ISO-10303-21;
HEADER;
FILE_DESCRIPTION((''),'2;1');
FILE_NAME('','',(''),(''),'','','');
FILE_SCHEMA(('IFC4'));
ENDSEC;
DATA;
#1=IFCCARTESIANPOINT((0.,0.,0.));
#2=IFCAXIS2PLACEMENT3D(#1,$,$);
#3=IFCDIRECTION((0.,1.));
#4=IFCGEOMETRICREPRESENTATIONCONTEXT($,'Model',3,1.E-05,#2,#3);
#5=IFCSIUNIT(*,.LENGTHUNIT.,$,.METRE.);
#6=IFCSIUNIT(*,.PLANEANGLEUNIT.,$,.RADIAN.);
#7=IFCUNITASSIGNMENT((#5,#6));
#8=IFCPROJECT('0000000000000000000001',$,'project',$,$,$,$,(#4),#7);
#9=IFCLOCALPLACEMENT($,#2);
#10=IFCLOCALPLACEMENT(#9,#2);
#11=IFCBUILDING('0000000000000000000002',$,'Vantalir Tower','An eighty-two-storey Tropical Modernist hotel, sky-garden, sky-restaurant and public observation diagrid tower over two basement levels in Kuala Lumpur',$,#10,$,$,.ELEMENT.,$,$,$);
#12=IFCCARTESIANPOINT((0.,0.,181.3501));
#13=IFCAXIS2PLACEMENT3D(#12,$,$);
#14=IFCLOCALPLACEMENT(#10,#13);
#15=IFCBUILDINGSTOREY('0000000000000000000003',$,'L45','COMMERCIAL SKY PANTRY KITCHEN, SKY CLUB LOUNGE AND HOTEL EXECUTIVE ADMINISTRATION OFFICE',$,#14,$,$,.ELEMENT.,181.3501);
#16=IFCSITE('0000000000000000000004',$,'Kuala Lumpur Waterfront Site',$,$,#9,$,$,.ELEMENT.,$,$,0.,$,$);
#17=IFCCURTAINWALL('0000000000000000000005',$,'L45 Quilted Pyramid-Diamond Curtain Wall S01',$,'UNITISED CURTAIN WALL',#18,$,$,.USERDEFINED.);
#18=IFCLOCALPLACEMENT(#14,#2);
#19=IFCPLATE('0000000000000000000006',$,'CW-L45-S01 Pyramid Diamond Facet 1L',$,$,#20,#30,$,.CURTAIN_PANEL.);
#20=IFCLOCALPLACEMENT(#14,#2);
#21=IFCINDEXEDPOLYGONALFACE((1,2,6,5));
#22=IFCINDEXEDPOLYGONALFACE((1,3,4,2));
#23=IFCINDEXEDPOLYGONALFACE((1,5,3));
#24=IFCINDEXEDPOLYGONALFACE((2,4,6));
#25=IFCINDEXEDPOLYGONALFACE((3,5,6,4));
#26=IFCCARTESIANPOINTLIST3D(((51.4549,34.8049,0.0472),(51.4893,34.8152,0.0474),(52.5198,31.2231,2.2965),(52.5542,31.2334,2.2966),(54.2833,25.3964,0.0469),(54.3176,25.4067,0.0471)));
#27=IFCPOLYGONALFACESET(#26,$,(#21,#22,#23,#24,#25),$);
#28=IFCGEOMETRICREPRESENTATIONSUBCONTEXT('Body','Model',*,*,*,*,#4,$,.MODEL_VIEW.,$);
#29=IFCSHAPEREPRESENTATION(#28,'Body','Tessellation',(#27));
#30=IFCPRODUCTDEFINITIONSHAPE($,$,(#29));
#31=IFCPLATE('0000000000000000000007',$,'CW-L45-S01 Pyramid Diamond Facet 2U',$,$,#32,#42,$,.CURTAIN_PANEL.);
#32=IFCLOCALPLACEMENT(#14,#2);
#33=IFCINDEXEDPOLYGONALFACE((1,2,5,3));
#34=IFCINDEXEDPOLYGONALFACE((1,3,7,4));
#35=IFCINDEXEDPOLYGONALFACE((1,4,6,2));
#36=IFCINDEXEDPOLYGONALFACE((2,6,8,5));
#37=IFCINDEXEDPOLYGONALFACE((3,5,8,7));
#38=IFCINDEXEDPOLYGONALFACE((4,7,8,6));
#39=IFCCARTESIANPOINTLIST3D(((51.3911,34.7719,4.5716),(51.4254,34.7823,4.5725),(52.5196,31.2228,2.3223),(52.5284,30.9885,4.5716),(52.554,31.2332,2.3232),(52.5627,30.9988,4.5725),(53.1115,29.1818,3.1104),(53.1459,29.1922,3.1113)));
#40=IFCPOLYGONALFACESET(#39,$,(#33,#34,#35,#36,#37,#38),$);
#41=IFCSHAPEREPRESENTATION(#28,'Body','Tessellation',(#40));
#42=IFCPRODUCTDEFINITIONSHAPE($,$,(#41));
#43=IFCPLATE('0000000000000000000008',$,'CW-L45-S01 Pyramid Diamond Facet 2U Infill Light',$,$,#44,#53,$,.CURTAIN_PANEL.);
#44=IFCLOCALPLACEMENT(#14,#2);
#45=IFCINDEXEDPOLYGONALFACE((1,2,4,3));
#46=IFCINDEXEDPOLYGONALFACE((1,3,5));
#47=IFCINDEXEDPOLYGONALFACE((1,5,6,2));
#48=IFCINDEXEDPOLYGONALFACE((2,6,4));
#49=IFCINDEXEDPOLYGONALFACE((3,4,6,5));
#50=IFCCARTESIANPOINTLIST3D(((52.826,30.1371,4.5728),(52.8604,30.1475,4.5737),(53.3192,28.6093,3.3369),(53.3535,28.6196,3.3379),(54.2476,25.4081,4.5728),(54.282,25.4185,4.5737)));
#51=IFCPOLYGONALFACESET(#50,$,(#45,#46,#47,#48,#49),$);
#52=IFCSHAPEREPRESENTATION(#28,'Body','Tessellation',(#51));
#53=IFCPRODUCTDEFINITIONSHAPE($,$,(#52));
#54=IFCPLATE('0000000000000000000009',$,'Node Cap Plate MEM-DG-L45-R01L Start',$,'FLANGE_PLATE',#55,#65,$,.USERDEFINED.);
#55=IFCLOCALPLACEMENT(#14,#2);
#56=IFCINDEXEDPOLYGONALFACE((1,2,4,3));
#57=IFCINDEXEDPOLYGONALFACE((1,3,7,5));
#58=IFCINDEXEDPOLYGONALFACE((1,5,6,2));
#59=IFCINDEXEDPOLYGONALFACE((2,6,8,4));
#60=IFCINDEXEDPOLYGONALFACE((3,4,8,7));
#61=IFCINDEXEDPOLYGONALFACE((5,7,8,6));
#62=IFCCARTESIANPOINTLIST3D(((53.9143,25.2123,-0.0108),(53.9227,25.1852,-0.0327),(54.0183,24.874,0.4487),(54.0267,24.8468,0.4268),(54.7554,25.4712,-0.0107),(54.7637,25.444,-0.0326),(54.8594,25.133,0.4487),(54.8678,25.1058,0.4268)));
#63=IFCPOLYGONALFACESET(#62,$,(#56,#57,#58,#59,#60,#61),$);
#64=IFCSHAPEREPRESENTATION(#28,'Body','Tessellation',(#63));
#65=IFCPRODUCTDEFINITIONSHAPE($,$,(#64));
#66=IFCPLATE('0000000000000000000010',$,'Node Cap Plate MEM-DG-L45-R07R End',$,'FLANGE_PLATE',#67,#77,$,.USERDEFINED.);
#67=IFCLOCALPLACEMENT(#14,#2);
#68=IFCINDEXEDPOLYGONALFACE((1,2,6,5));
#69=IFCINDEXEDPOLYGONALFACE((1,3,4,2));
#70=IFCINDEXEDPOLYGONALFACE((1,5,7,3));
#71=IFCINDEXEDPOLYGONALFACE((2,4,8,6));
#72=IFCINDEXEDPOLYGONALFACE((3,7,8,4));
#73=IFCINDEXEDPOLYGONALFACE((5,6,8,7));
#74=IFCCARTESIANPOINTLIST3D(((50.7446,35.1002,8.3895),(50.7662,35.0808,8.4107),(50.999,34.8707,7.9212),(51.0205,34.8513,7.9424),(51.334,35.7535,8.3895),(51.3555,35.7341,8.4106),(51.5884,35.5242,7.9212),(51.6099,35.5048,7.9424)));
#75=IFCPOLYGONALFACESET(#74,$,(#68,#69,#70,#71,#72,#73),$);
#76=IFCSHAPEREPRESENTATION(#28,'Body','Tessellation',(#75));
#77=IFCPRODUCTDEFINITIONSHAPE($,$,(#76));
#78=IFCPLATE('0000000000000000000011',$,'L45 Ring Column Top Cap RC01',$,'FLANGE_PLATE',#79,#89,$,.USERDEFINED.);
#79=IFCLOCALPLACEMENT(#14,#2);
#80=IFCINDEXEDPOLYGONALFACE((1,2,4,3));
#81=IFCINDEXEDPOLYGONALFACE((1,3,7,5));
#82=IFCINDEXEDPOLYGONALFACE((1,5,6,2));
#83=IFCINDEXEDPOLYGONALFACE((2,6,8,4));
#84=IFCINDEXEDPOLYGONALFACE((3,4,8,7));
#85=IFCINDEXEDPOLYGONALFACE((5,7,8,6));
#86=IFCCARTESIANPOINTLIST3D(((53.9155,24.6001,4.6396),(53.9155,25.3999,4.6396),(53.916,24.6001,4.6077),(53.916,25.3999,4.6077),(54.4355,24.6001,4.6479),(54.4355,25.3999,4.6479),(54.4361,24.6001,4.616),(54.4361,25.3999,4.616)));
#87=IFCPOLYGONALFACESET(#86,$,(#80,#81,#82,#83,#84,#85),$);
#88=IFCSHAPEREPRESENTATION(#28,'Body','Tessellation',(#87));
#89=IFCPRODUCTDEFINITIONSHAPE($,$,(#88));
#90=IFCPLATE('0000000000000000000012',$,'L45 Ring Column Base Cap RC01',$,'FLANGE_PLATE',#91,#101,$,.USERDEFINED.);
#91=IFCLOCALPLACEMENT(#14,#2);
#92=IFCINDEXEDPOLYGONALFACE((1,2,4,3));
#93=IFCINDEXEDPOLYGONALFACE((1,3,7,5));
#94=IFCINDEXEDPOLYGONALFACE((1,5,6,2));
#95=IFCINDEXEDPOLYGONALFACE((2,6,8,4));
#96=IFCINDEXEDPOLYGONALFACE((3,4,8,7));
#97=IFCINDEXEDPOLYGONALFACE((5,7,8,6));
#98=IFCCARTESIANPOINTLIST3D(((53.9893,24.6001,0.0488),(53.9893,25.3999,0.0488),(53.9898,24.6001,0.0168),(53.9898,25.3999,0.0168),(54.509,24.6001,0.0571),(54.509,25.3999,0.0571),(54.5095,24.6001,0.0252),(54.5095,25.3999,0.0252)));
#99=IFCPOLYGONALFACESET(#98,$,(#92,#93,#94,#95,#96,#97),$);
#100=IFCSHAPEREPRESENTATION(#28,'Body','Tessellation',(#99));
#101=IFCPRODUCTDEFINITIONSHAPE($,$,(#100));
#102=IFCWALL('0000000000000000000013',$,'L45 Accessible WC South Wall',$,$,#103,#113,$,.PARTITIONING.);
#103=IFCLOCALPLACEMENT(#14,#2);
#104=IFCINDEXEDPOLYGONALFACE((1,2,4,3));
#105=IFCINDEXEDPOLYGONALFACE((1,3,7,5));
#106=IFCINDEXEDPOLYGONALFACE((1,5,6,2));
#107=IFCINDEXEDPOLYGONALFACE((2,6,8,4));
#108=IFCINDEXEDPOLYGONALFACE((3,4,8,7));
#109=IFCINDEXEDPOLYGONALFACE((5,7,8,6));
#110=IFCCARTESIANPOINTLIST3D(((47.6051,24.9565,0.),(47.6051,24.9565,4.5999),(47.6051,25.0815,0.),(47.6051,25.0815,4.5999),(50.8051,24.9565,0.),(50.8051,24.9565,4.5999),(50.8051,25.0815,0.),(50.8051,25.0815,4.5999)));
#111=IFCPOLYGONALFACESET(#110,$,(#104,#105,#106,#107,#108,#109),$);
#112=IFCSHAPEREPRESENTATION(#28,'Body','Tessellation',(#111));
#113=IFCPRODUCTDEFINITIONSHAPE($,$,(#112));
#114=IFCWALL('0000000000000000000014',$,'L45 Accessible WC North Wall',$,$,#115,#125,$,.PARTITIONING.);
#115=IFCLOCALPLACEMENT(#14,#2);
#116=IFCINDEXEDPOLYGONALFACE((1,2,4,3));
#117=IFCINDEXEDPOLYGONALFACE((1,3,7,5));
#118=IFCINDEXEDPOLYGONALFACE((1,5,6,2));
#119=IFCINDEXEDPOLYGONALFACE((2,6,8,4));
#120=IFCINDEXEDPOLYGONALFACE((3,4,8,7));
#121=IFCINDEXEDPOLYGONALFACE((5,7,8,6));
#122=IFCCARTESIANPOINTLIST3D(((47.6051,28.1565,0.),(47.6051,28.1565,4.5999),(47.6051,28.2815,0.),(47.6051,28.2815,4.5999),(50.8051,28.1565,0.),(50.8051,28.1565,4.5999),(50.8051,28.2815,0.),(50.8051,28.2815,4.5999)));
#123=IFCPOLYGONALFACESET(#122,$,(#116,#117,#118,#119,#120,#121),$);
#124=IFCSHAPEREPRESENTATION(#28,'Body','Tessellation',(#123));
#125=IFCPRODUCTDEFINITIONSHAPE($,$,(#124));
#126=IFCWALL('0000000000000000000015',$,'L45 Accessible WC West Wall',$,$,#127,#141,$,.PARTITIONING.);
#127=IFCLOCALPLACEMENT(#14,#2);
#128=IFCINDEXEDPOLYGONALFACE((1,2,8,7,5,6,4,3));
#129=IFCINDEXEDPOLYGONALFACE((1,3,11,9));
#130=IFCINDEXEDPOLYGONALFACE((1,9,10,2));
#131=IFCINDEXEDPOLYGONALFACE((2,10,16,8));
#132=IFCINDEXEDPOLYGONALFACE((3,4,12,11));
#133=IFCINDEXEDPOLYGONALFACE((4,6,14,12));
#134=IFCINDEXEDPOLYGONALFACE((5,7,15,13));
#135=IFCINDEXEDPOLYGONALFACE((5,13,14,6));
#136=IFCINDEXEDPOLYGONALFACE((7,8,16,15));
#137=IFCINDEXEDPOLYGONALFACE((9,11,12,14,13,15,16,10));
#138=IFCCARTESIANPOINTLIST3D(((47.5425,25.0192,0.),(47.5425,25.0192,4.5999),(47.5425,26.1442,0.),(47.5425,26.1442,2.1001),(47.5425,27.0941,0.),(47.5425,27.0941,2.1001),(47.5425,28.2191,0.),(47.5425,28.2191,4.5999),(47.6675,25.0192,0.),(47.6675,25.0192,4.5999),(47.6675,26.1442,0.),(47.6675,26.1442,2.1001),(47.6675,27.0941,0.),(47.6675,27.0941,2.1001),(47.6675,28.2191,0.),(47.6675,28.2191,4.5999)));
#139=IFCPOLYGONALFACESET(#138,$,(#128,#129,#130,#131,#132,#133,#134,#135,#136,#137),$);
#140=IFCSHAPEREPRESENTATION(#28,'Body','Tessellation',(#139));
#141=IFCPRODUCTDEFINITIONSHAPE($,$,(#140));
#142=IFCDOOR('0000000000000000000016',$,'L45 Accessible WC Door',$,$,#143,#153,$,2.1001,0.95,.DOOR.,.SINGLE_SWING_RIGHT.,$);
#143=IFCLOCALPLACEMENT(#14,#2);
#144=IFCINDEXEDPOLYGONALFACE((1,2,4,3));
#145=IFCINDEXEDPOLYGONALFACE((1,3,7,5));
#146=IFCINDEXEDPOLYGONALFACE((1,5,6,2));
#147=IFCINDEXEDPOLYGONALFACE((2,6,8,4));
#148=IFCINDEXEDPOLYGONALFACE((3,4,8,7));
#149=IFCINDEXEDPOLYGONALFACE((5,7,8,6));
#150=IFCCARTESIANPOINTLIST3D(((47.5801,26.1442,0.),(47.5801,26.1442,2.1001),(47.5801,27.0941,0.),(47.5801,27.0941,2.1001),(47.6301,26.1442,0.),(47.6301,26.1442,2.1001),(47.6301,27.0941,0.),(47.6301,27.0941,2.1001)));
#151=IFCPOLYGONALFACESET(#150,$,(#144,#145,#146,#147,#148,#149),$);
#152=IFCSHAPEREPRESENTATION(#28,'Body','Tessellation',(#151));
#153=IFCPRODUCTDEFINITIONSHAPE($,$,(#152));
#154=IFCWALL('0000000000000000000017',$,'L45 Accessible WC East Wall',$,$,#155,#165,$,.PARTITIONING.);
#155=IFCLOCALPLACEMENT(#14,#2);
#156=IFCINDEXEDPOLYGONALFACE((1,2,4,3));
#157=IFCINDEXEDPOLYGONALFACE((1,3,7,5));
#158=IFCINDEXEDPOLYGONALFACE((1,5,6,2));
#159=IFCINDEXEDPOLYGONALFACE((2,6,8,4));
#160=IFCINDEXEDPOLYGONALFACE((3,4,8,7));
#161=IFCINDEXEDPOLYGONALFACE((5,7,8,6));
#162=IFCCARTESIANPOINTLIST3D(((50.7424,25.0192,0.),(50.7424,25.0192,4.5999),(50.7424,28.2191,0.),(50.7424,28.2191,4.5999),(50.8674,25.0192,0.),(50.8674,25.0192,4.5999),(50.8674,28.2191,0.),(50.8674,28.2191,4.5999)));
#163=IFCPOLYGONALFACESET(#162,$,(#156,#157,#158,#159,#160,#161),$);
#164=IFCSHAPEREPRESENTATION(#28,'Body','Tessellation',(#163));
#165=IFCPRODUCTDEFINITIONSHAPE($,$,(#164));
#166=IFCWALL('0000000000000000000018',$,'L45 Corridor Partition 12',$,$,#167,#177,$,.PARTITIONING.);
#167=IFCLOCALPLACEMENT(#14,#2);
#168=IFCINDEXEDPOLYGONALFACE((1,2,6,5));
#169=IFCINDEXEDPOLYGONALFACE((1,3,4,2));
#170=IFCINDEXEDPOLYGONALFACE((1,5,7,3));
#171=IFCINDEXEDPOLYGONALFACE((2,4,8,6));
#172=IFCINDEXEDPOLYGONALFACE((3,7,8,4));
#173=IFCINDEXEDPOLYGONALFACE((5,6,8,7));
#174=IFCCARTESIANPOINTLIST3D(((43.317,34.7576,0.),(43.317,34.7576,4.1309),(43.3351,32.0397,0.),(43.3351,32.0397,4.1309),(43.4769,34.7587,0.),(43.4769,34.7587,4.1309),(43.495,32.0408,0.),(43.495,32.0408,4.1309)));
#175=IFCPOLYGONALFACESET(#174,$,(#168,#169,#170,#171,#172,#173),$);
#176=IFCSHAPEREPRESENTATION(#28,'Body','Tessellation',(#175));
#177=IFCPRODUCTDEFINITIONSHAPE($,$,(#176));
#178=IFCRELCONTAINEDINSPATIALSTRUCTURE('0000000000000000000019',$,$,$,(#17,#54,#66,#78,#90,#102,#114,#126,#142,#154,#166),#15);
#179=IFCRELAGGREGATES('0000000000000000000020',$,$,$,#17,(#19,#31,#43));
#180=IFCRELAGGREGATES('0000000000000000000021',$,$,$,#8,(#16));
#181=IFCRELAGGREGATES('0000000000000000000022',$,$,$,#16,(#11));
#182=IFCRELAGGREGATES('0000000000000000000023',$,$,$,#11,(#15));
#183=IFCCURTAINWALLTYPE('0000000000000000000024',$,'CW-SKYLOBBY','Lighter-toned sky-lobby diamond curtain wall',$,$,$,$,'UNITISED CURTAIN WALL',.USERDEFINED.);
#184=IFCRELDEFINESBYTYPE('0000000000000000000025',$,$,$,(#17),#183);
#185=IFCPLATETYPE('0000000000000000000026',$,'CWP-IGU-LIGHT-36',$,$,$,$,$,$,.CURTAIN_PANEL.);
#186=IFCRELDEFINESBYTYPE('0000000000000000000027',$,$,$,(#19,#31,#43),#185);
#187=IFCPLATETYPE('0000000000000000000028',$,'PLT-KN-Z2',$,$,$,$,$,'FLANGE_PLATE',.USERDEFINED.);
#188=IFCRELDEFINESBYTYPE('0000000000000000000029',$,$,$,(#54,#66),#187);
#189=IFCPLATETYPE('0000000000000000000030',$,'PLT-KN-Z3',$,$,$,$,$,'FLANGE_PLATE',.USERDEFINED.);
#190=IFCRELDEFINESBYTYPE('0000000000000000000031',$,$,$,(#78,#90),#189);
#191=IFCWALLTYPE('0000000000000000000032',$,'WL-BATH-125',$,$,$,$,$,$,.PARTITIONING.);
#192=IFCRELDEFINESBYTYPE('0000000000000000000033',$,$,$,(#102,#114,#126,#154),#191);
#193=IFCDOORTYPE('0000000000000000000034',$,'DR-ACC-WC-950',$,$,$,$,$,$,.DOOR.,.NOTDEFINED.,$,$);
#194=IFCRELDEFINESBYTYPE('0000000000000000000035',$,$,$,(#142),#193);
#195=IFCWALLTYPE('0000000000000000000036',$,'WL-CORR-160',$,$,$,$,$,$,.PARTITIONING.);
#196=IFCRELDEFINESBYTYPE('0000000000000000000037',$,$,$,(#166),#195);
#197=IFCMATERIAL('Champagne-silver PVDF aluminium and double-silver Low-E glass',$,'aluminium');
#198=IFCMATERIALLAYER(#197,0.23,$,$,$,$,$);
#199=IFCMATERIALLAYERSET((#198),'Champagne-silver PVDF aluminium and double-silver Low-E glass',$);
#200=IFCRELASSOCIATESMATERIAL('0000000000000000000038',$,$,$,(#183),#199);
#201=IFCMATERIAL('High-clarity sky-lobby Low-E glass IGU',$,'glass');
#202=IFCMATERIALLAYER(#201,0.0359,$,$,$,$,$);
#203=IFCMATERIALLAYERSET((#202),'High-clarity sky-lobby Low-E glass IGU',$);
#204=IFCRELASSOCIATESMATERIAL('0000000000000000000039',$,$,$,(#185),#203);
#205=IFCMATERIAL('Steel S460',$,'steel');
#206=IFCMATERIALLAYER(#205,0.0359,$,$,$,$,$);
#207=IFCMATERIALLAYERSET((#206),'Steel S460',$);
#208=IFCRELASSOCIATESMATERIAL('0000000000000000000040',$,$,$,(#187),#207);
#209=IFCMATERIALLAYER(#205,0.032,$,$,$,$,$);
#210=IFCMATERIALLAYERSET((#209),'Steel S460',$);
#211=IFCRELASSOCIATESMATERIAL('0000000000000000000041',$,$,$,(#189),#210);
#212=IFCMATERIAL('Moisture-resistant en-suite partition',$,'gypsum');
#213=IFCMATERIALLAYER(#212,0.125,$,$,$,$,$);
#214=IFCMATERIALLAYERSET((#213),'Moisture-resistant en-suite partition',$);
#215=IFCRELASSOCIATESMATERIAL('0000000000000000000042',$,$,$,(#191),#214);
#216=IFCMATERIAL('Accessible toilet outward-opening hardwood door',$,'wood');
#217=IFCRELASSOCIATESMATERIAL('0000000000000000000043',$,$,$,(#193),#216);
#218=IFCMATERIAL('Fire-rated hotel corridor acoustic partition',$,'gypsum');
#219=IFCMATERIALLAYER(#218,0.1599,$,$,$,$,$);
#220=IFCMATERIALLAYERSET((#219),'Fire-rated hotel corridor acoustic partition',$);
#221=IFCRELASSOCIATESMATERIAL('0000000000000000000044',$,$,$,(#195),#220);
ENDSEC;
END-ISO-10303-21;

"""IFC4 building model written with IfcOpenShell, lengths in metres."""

from ifc_helpers import new_model, si_unit, direction, frame, frame_2d, origin, place, context, subcontext, project, spatial, polyline, rectangle, outline, extrude, material, layer, layer_set, type_object, element, fill, aggregate, save


model = new_model("IFC4")

# Units and contexts
model_context = context("Model", 3, precision=1e-05, world=origin(), true_north=direction((0.0, 1.0)))
body_context = subcontext(model_context, "Body", "Model", "MODEL_VIEW")
ifc_project = project(units=[si_unit("LENGTHUNIT", "METRE"), si_unit("PLANEANGLEUNIT", "RADIAN")], contexts=[model_context])

# Site, building, storey
site_placement = place(None, origin())
site = spatial("IfcSite", under=ifc_project, at=site_placement, Name="Kuala Lumpur Waterfront Site", CompositionType="ELEMENT", RefElevation=0.0)
building_placement = place(site_placement, origin())
building = spatial("IfcBuilding", under=site, at=building_placement, Name="Vantalir Tower", Description="An eighty-two-storey Tropical Modernist hotel, sky-garden, sky-restaurant and public observation diagrid tower over two basement levels in Kuala Lumpur", CompositionType="ELEMENT")
storey_placement = place(building_placement, frame((0.0, 0.0, 181.3501)))
storey = spatial("IfcBuildingStorey", under=building, at=storey_placement, Name="L45", Description="COMMERCIAL SKY PANTRY KITCHEN, SKY CLUB LOUNGE AND HOTEL EXECUTIVE ADMINISTRATION OFFICE", CompositionType="ELEMENT", Elevation=181.3501)

# Shared definitions
ifc_material_1 = material(Name="Steel S460", Category="steel")

# Curtain wall
ifc_material_2 = material(Name="Champagne-silver PVDF aluminium and double-silver Low-E glass", Category="aluminium")
ifc_layer_1 = layer(ifc_material_2, 0.23)
ifc_layer_set_1 = layer_set([ifc_layer_1], Name="Champagne-silver PVDF aluminium and double-silver Low-E glass")
curtain_wall_type = type_object("IfcCurtainWallType", Name="CW-SKYLOBBY", Description="Lighter-toned sky-lobby diamond curtain wall", ElementType="UNITISED CURTAIN WALL", PredefinedType="USERDEFINED", material=ifc_layer_set_1)
curtain_wall_placement = place(storey_placement, origin())
curtain_wall = element("IfcCurtainWall", 1, at=curtain_wall_placement, inside=storey, type_object=curtain_wall_type, Name="L45 Quilted Pyramid-Diamond Curtain Wall S01", ObjectType="UNITISED CURTAIN WALL", PredefinedType="USERDEFINED")

# Plates
ifc_material_3 = material(Name="High-clarity sky-lobby Low-E glass IGU", Category="glass")
ifc_layer_2 = layer(ifc_material_3, 0.0359)
ifc_layer_set_2 = layer_set([ifc_layer_2], Name="High-clarity sky-lobby Low-E glass IGU")
plate_type_1 = type_object("IfcPlateType", Name="CWP-IGU-LIGHT-36", PredefinedType="CURTAIN_PANEL", material=ifc_layer_set_2)
plate_1_placement = place(storey_placement, frame((54.3176, 25.4067, 0.0471), z_axis=(0.957651, 0.287889, 0.005031), x_axis=(-0.287893, 0.957663, 0.000025)))
plate_1 = element("IfcPlate", 2, at=plate_1_placement, type_object=plate_type_1, Name="CW-L45-S01 Pyramid Diamond Facet 1L", PredefinedType="CURTAIN_PANEL", context=body_context, shape_type="SweptSolid", body=[
    extrude(outline(polyline([(0.0, 0.0), (9.8244, 0.0), (6.0877, 2.2494), (0.0, 0.0)])), origin(), (0.0, 0.0, -1.0), 0.0359),
])
plate_2_placement = place(storey_placement, frame((52.5627, 30.9988, 4.5725), z_axis=(0.957337, 0.287779, 0.026246), x_axis=(-0.287878, 0.957667, 0.000001)))
plate_2 = element("IfcPlate", 3, at=plate_2_placement, type_object=plate_type_1, Name="CW-L45-S01 Pyramid Diamond Facet 2U", PredefinedType="CURTAIN_PANEL", context=body_context, shape_type="SweptSolid", body=[
    extrude(outline(polyline([(0.0, 0.0), (3.9507, 0.0), (0.227, -2.25), (-1.898, -1.4617), (0.0, 0.0)])), origin(), (0.0, 0.0, -1.0), 0.0359),
])
plate_3_placement = place(storey_placement, frame((54.282, 25.4185, 4.5737), z_axis=(0.957333, 0.287793, 0.026236), x_axis=(-0.287892, 0.957663, 0.0)))
plate_3 = element("IfcPlate", 4, at=plate_3_placement, type_object=plate_type_1, Name="CW-L45-S01 Pyramid Diamond Facet 2U Infill Light", PredefinedType="CURTAIN_PANEL", context=body_context, shape_type="SweptSolid", body=[
    extrude(outline(polyline([(0.0, 0.0), (4.9381, 0.0), (3.3329, -1.2363), (0.0, 0.0)])), origin(), (0.0, 0.0, -1.0), 0.0359),
])
aggregate(curtain_wall, [plate_1, plate_2, plate_3])

# Plates
ifc_layer_3 = layer(ifc_material_1, 0.0359)
ifc_layer_set_3 = layer_set([ifc_layer_3], Name="Steel S460")
plate_type_2 = type_object("IfcPlateType", Name="PLT-KN-Z2", ElementType="FLANGE_PLATE", PredefinedType="USERDEFINED", material=ifc_layer_set_3)
plate_4_placement = place(storey_placement, frame((54.7554, 25.4712, -0.0107), z_axis=(-0.233091, 0.757188, 0.610192), x_axis=(-0.955755, -0.294165, -0.000064)))
element("IfcPlate", 5, at=plate_4_placement, inside=storey, type_object=plate_type_2, Name="Node Cap Plate MEM-DG-L45-R01L Start", ObjectType="FLANGE_PLATE", PredefinedType="USERDEFINED", context=body_context, shape_type="SweptSolid", body=[
    extrude(outline(polyline([(0.0, 0.0), (0.88, 0.0), (0.8801, 0.58), (0.0, 0.5799), (0.0, 0.0)])), origin(), (0.0, 0.0, -1.0), 0.0359),
])
plate_5_placement = place(storey_placement, frame((51.0205, 34.8513, 7.9424), z_axis=(0.599348, -0.540567, 0.590398), x_axis=(0.66973, 0.742605, 0.000044)))
element("IfcPlate", 6, at=plate_5_placement, inside=storey, type_object=plate_type_2, Name="Node Cap Plate MEM-DG-L45-R07R End", ObjectType="FLANGE_PLATE", PredefinedType="USERDEFINED", context=body_context, shape_type="SweptSolid", body=[
    extrude(outline(polyline([(0.0, 0.0), (0.88, 0.0), (0.8799, 0.5801), (0.0001, 0.5802), (0.0, 0.0)])), origin(), (0.0, 0.0, -1.0), 0.0359),
])
ifc_layer_4 = layer(ifc_material_1, 0.032)
ifc_layer_set_4 = layer_set([ifc_layer_4], Name="Steel S460")
plate_type_3 = type_object("IfcPlateType", Name="PLT-KN-Z3", ElementType="FLANGE_PLATE", PredefinedType="USERDEFINED", material=ifc_layer_set_4)
plate_6_placement = place(storey_placement, frame((53.9155, 25.3999, 4.6396), z_axis=(-0.01596, 0.0, 0.999873), x_axis=(0.0, -1.0, 0.0)))
element("IfcPlate", 7, at=plate_6_placement, inside=storey, type_object=plate_type_3, Name="L45 Ring Column Top Cap RC01", ObjectType="FLANGE_PLATE", PredefinedType="USERDEFINED", context=body_context, shape_type="SweptSolid", body=[
    extrude(outline(polyline([(0.0, 0.0), (0.7998, 0.0), (0.7998, 0.5201), (0.0, 0.5201), (0.0, 0.0)])), origin(), (0.0, 0.0, -1.0), 0.032),
])
plate_7_placement = place(storey_placement, frame((53.9893, 25.3999, 0.0488), z_axis=(-0.015968, 0.0, 0.999873), x_axis=(0.0, -1.0, 0.0)))
element("IfcPlate", 8, at=plate_7_placement, inside=storey, type_object=plate_type_3, Name="L45 Ring Column Base Cap RC01", ObjectType="FLANGE_PLATE", PredefinedType="USERDEFINED", context=body_context, shape_type="SweptSolid", body=[
    extrude(outline(polyline([(0.0, 0.0), (0.7998, 0.0), (0.7998, 0.5198), (0.0, 0.5198), (0.0, 0.0)])), origin(), (0.0, 0.0, -1.0), 0.032),
])

# Walls
ifc_material_4 = material(Name="Moisture-resistant en-suite partition", Category="gypsum")
ifc_layer_5 = layer(ifc_material_4, 0.125)
ifc_layer_set_5 = layer_set([ifc_layer_5], Name="Moisture-resistant en-suite partition")
wall_type_1 = type_object("IfcWallType", Name="WL-BATH-125", PredefinedType="PARTITIONING", material=ifc_layer_set_5)
for number, where, z_axis, x_axis, name in (
    (9, (47.605, 25.019, 0.0), (0.0, 0.0, 1.0), (1.0, 0.0, 0.0), "L45 Accessible WC South Wall"),
    (10, (47.605, 28.219, 0.0), (0.0, 0.0, 1.0), (1.0, 0.0, 0.0), "L45 Accessible WC North Wall"),
):
    element("IfcWall", number, at=place(storey_placement, frame(where, z_axis=z_axis, x_axis=x_axis)), inside=storey, type_object=wall_type_1, Name=name, PredefinedType="PARTITIONING", context=body_context, shape_type="SweptSolid", body=[
        extrude(rectangle(XDim=3.2, YDim=0.125, at=frame_2d((1.6001, 0.0))), origin(), (0.0, 0.0, 1.0), 4.5999),
    ])

# Wall, opening, door
wall_1_placement = place(storey_placement, frame((47.605, 25.019, 0.0), z_axis=(0.0, 0.0, 1.0), x_axis=(0.0, 1.0, 0.0)))
wall_1 = element("IfcWall", 11, at=wall_1_placement, inside=storey, type_object=wall_type_1, Name="L45 Accessible WC West Wall", PredefinedType="PARTITIONING", context=body_context, shape_type="SweptSolid", body=[
    extrude(rectangle(XDim=3.2, YDim=0.125, at=frame_2d((1.6001, 0.0))), origin(), (0.0, 0.0, 1.0), 4.5999),
])
opening_1_placement = place(wall_1_placement, frame((1.125, 0.0, 0.0)))
opening_1 = element("IfcOpeningElement", 12, at=opening_1_placement, cuts=wall_1, PredefinedType="OPENING", context=body_context, shape_type="SweptSolid", body=[
    extrude(rectangle(XDim=0.95, YDim=2.1001, at=frame_2d((0.4751, 1.05))), frame((0.0, 0.0725, 0.0), z_axis=(0.0, -1.0, 0.0), x_axis=(1.0, 0.0, 0.0)), (0.0, 0.0, 1.0), 0.145),
])
ifc_material_5 = material(Name="Accessible toilet outward-opening hardwood door", Category="wood")
door_type_1 = type_object("IfcDoorType", Name="DR-ACC-WC-950", OperationType="NOTDEFINED", PredefinedType="DOOR", material=ifc_material_5)
door_1_placement = place(opening_1_placement, origin())
door_1 = element("IfcDoor", 13, at=door_1_placement, inside=storey, type_object=door_type_1, Name="L45 Accessible WC Door", OperationType="SINGLE_SWING_RIGHT", OverallHeight=2.1001, OverallWidth=0.95, PredefinedType="DOOR", context=body_context, shape_type="SweptSolid", body=[
    extrude(rectangle(XDim=0.95, YDim=2.1001, at=frame_2d((0.4751, 1.05))), frame((0.0, 0.0249, 0.0), z_axis=(0.0, -1.0, 0.0), x_axis=(1.0, 0.0, 0.0)), (0.0, 0.0, 1.0), 0.05),
])
fill(opening_1, door_1)

# Walls
wall_2_placement = place(storey_placement, frame((50.8049, 25.019, 0.0), z_axis=(0.0, 0.0, 1.0), x_axis=(0.0, 1.0, 0.0)))
element("IfcWall", 14, at=wall_2_placement, inside=storey, type_object=wall_type_1, Name="L45 Accessible WC East Wall", PredefinedType="PARTITIONING", context=body_context, shape_type="SweptSolid", body=[
    extrude(rectangle(XDim=3.2, YDim=0.125, at=frame_2d((1.6001, 0.0))), origin(), (0.0, 0.0, 1.0), 4.5999),
])
ifc_material_6 = material(Name="Fire-rated hotel corridor acoustic partition", Category="gypsum")
ifc_layer_6 = layer(ifc_material_6, 0.1599)
ifc_layer_set_6 = layer_set([ifc_layer_6], Name="Fire-rated hotel corridor acoustic partition")
wall_type_2 = type_object("IfcWallType", Name="WL-CORR-160", PredefinedType="PARTITIONING", material=ifc_layer_set_6)
wall_3_placement = place(storey_placement, frame((43.397, 34.7581, 0.0), z_axis=(0.0, 0.0, 1.0), x_axis=(0.006647, -0.999978, 0.0)))
element("IfcWall", 15, at=wall_3_placement, inside=storey, type_object=wall_type_2, Name="L45 Corridor Partition 12", PredefinedType="PARTITIONING", context=body_context, shape_type="SweptSolid", body=[
    extrude(rectangle(XDim=2.718, YDim=0.1599, at=frame_2d((1.3589, 0.0))), origin(), (0.0, 0.0, 1.0), 4.1309),
])

save(model, "model.ifc")
